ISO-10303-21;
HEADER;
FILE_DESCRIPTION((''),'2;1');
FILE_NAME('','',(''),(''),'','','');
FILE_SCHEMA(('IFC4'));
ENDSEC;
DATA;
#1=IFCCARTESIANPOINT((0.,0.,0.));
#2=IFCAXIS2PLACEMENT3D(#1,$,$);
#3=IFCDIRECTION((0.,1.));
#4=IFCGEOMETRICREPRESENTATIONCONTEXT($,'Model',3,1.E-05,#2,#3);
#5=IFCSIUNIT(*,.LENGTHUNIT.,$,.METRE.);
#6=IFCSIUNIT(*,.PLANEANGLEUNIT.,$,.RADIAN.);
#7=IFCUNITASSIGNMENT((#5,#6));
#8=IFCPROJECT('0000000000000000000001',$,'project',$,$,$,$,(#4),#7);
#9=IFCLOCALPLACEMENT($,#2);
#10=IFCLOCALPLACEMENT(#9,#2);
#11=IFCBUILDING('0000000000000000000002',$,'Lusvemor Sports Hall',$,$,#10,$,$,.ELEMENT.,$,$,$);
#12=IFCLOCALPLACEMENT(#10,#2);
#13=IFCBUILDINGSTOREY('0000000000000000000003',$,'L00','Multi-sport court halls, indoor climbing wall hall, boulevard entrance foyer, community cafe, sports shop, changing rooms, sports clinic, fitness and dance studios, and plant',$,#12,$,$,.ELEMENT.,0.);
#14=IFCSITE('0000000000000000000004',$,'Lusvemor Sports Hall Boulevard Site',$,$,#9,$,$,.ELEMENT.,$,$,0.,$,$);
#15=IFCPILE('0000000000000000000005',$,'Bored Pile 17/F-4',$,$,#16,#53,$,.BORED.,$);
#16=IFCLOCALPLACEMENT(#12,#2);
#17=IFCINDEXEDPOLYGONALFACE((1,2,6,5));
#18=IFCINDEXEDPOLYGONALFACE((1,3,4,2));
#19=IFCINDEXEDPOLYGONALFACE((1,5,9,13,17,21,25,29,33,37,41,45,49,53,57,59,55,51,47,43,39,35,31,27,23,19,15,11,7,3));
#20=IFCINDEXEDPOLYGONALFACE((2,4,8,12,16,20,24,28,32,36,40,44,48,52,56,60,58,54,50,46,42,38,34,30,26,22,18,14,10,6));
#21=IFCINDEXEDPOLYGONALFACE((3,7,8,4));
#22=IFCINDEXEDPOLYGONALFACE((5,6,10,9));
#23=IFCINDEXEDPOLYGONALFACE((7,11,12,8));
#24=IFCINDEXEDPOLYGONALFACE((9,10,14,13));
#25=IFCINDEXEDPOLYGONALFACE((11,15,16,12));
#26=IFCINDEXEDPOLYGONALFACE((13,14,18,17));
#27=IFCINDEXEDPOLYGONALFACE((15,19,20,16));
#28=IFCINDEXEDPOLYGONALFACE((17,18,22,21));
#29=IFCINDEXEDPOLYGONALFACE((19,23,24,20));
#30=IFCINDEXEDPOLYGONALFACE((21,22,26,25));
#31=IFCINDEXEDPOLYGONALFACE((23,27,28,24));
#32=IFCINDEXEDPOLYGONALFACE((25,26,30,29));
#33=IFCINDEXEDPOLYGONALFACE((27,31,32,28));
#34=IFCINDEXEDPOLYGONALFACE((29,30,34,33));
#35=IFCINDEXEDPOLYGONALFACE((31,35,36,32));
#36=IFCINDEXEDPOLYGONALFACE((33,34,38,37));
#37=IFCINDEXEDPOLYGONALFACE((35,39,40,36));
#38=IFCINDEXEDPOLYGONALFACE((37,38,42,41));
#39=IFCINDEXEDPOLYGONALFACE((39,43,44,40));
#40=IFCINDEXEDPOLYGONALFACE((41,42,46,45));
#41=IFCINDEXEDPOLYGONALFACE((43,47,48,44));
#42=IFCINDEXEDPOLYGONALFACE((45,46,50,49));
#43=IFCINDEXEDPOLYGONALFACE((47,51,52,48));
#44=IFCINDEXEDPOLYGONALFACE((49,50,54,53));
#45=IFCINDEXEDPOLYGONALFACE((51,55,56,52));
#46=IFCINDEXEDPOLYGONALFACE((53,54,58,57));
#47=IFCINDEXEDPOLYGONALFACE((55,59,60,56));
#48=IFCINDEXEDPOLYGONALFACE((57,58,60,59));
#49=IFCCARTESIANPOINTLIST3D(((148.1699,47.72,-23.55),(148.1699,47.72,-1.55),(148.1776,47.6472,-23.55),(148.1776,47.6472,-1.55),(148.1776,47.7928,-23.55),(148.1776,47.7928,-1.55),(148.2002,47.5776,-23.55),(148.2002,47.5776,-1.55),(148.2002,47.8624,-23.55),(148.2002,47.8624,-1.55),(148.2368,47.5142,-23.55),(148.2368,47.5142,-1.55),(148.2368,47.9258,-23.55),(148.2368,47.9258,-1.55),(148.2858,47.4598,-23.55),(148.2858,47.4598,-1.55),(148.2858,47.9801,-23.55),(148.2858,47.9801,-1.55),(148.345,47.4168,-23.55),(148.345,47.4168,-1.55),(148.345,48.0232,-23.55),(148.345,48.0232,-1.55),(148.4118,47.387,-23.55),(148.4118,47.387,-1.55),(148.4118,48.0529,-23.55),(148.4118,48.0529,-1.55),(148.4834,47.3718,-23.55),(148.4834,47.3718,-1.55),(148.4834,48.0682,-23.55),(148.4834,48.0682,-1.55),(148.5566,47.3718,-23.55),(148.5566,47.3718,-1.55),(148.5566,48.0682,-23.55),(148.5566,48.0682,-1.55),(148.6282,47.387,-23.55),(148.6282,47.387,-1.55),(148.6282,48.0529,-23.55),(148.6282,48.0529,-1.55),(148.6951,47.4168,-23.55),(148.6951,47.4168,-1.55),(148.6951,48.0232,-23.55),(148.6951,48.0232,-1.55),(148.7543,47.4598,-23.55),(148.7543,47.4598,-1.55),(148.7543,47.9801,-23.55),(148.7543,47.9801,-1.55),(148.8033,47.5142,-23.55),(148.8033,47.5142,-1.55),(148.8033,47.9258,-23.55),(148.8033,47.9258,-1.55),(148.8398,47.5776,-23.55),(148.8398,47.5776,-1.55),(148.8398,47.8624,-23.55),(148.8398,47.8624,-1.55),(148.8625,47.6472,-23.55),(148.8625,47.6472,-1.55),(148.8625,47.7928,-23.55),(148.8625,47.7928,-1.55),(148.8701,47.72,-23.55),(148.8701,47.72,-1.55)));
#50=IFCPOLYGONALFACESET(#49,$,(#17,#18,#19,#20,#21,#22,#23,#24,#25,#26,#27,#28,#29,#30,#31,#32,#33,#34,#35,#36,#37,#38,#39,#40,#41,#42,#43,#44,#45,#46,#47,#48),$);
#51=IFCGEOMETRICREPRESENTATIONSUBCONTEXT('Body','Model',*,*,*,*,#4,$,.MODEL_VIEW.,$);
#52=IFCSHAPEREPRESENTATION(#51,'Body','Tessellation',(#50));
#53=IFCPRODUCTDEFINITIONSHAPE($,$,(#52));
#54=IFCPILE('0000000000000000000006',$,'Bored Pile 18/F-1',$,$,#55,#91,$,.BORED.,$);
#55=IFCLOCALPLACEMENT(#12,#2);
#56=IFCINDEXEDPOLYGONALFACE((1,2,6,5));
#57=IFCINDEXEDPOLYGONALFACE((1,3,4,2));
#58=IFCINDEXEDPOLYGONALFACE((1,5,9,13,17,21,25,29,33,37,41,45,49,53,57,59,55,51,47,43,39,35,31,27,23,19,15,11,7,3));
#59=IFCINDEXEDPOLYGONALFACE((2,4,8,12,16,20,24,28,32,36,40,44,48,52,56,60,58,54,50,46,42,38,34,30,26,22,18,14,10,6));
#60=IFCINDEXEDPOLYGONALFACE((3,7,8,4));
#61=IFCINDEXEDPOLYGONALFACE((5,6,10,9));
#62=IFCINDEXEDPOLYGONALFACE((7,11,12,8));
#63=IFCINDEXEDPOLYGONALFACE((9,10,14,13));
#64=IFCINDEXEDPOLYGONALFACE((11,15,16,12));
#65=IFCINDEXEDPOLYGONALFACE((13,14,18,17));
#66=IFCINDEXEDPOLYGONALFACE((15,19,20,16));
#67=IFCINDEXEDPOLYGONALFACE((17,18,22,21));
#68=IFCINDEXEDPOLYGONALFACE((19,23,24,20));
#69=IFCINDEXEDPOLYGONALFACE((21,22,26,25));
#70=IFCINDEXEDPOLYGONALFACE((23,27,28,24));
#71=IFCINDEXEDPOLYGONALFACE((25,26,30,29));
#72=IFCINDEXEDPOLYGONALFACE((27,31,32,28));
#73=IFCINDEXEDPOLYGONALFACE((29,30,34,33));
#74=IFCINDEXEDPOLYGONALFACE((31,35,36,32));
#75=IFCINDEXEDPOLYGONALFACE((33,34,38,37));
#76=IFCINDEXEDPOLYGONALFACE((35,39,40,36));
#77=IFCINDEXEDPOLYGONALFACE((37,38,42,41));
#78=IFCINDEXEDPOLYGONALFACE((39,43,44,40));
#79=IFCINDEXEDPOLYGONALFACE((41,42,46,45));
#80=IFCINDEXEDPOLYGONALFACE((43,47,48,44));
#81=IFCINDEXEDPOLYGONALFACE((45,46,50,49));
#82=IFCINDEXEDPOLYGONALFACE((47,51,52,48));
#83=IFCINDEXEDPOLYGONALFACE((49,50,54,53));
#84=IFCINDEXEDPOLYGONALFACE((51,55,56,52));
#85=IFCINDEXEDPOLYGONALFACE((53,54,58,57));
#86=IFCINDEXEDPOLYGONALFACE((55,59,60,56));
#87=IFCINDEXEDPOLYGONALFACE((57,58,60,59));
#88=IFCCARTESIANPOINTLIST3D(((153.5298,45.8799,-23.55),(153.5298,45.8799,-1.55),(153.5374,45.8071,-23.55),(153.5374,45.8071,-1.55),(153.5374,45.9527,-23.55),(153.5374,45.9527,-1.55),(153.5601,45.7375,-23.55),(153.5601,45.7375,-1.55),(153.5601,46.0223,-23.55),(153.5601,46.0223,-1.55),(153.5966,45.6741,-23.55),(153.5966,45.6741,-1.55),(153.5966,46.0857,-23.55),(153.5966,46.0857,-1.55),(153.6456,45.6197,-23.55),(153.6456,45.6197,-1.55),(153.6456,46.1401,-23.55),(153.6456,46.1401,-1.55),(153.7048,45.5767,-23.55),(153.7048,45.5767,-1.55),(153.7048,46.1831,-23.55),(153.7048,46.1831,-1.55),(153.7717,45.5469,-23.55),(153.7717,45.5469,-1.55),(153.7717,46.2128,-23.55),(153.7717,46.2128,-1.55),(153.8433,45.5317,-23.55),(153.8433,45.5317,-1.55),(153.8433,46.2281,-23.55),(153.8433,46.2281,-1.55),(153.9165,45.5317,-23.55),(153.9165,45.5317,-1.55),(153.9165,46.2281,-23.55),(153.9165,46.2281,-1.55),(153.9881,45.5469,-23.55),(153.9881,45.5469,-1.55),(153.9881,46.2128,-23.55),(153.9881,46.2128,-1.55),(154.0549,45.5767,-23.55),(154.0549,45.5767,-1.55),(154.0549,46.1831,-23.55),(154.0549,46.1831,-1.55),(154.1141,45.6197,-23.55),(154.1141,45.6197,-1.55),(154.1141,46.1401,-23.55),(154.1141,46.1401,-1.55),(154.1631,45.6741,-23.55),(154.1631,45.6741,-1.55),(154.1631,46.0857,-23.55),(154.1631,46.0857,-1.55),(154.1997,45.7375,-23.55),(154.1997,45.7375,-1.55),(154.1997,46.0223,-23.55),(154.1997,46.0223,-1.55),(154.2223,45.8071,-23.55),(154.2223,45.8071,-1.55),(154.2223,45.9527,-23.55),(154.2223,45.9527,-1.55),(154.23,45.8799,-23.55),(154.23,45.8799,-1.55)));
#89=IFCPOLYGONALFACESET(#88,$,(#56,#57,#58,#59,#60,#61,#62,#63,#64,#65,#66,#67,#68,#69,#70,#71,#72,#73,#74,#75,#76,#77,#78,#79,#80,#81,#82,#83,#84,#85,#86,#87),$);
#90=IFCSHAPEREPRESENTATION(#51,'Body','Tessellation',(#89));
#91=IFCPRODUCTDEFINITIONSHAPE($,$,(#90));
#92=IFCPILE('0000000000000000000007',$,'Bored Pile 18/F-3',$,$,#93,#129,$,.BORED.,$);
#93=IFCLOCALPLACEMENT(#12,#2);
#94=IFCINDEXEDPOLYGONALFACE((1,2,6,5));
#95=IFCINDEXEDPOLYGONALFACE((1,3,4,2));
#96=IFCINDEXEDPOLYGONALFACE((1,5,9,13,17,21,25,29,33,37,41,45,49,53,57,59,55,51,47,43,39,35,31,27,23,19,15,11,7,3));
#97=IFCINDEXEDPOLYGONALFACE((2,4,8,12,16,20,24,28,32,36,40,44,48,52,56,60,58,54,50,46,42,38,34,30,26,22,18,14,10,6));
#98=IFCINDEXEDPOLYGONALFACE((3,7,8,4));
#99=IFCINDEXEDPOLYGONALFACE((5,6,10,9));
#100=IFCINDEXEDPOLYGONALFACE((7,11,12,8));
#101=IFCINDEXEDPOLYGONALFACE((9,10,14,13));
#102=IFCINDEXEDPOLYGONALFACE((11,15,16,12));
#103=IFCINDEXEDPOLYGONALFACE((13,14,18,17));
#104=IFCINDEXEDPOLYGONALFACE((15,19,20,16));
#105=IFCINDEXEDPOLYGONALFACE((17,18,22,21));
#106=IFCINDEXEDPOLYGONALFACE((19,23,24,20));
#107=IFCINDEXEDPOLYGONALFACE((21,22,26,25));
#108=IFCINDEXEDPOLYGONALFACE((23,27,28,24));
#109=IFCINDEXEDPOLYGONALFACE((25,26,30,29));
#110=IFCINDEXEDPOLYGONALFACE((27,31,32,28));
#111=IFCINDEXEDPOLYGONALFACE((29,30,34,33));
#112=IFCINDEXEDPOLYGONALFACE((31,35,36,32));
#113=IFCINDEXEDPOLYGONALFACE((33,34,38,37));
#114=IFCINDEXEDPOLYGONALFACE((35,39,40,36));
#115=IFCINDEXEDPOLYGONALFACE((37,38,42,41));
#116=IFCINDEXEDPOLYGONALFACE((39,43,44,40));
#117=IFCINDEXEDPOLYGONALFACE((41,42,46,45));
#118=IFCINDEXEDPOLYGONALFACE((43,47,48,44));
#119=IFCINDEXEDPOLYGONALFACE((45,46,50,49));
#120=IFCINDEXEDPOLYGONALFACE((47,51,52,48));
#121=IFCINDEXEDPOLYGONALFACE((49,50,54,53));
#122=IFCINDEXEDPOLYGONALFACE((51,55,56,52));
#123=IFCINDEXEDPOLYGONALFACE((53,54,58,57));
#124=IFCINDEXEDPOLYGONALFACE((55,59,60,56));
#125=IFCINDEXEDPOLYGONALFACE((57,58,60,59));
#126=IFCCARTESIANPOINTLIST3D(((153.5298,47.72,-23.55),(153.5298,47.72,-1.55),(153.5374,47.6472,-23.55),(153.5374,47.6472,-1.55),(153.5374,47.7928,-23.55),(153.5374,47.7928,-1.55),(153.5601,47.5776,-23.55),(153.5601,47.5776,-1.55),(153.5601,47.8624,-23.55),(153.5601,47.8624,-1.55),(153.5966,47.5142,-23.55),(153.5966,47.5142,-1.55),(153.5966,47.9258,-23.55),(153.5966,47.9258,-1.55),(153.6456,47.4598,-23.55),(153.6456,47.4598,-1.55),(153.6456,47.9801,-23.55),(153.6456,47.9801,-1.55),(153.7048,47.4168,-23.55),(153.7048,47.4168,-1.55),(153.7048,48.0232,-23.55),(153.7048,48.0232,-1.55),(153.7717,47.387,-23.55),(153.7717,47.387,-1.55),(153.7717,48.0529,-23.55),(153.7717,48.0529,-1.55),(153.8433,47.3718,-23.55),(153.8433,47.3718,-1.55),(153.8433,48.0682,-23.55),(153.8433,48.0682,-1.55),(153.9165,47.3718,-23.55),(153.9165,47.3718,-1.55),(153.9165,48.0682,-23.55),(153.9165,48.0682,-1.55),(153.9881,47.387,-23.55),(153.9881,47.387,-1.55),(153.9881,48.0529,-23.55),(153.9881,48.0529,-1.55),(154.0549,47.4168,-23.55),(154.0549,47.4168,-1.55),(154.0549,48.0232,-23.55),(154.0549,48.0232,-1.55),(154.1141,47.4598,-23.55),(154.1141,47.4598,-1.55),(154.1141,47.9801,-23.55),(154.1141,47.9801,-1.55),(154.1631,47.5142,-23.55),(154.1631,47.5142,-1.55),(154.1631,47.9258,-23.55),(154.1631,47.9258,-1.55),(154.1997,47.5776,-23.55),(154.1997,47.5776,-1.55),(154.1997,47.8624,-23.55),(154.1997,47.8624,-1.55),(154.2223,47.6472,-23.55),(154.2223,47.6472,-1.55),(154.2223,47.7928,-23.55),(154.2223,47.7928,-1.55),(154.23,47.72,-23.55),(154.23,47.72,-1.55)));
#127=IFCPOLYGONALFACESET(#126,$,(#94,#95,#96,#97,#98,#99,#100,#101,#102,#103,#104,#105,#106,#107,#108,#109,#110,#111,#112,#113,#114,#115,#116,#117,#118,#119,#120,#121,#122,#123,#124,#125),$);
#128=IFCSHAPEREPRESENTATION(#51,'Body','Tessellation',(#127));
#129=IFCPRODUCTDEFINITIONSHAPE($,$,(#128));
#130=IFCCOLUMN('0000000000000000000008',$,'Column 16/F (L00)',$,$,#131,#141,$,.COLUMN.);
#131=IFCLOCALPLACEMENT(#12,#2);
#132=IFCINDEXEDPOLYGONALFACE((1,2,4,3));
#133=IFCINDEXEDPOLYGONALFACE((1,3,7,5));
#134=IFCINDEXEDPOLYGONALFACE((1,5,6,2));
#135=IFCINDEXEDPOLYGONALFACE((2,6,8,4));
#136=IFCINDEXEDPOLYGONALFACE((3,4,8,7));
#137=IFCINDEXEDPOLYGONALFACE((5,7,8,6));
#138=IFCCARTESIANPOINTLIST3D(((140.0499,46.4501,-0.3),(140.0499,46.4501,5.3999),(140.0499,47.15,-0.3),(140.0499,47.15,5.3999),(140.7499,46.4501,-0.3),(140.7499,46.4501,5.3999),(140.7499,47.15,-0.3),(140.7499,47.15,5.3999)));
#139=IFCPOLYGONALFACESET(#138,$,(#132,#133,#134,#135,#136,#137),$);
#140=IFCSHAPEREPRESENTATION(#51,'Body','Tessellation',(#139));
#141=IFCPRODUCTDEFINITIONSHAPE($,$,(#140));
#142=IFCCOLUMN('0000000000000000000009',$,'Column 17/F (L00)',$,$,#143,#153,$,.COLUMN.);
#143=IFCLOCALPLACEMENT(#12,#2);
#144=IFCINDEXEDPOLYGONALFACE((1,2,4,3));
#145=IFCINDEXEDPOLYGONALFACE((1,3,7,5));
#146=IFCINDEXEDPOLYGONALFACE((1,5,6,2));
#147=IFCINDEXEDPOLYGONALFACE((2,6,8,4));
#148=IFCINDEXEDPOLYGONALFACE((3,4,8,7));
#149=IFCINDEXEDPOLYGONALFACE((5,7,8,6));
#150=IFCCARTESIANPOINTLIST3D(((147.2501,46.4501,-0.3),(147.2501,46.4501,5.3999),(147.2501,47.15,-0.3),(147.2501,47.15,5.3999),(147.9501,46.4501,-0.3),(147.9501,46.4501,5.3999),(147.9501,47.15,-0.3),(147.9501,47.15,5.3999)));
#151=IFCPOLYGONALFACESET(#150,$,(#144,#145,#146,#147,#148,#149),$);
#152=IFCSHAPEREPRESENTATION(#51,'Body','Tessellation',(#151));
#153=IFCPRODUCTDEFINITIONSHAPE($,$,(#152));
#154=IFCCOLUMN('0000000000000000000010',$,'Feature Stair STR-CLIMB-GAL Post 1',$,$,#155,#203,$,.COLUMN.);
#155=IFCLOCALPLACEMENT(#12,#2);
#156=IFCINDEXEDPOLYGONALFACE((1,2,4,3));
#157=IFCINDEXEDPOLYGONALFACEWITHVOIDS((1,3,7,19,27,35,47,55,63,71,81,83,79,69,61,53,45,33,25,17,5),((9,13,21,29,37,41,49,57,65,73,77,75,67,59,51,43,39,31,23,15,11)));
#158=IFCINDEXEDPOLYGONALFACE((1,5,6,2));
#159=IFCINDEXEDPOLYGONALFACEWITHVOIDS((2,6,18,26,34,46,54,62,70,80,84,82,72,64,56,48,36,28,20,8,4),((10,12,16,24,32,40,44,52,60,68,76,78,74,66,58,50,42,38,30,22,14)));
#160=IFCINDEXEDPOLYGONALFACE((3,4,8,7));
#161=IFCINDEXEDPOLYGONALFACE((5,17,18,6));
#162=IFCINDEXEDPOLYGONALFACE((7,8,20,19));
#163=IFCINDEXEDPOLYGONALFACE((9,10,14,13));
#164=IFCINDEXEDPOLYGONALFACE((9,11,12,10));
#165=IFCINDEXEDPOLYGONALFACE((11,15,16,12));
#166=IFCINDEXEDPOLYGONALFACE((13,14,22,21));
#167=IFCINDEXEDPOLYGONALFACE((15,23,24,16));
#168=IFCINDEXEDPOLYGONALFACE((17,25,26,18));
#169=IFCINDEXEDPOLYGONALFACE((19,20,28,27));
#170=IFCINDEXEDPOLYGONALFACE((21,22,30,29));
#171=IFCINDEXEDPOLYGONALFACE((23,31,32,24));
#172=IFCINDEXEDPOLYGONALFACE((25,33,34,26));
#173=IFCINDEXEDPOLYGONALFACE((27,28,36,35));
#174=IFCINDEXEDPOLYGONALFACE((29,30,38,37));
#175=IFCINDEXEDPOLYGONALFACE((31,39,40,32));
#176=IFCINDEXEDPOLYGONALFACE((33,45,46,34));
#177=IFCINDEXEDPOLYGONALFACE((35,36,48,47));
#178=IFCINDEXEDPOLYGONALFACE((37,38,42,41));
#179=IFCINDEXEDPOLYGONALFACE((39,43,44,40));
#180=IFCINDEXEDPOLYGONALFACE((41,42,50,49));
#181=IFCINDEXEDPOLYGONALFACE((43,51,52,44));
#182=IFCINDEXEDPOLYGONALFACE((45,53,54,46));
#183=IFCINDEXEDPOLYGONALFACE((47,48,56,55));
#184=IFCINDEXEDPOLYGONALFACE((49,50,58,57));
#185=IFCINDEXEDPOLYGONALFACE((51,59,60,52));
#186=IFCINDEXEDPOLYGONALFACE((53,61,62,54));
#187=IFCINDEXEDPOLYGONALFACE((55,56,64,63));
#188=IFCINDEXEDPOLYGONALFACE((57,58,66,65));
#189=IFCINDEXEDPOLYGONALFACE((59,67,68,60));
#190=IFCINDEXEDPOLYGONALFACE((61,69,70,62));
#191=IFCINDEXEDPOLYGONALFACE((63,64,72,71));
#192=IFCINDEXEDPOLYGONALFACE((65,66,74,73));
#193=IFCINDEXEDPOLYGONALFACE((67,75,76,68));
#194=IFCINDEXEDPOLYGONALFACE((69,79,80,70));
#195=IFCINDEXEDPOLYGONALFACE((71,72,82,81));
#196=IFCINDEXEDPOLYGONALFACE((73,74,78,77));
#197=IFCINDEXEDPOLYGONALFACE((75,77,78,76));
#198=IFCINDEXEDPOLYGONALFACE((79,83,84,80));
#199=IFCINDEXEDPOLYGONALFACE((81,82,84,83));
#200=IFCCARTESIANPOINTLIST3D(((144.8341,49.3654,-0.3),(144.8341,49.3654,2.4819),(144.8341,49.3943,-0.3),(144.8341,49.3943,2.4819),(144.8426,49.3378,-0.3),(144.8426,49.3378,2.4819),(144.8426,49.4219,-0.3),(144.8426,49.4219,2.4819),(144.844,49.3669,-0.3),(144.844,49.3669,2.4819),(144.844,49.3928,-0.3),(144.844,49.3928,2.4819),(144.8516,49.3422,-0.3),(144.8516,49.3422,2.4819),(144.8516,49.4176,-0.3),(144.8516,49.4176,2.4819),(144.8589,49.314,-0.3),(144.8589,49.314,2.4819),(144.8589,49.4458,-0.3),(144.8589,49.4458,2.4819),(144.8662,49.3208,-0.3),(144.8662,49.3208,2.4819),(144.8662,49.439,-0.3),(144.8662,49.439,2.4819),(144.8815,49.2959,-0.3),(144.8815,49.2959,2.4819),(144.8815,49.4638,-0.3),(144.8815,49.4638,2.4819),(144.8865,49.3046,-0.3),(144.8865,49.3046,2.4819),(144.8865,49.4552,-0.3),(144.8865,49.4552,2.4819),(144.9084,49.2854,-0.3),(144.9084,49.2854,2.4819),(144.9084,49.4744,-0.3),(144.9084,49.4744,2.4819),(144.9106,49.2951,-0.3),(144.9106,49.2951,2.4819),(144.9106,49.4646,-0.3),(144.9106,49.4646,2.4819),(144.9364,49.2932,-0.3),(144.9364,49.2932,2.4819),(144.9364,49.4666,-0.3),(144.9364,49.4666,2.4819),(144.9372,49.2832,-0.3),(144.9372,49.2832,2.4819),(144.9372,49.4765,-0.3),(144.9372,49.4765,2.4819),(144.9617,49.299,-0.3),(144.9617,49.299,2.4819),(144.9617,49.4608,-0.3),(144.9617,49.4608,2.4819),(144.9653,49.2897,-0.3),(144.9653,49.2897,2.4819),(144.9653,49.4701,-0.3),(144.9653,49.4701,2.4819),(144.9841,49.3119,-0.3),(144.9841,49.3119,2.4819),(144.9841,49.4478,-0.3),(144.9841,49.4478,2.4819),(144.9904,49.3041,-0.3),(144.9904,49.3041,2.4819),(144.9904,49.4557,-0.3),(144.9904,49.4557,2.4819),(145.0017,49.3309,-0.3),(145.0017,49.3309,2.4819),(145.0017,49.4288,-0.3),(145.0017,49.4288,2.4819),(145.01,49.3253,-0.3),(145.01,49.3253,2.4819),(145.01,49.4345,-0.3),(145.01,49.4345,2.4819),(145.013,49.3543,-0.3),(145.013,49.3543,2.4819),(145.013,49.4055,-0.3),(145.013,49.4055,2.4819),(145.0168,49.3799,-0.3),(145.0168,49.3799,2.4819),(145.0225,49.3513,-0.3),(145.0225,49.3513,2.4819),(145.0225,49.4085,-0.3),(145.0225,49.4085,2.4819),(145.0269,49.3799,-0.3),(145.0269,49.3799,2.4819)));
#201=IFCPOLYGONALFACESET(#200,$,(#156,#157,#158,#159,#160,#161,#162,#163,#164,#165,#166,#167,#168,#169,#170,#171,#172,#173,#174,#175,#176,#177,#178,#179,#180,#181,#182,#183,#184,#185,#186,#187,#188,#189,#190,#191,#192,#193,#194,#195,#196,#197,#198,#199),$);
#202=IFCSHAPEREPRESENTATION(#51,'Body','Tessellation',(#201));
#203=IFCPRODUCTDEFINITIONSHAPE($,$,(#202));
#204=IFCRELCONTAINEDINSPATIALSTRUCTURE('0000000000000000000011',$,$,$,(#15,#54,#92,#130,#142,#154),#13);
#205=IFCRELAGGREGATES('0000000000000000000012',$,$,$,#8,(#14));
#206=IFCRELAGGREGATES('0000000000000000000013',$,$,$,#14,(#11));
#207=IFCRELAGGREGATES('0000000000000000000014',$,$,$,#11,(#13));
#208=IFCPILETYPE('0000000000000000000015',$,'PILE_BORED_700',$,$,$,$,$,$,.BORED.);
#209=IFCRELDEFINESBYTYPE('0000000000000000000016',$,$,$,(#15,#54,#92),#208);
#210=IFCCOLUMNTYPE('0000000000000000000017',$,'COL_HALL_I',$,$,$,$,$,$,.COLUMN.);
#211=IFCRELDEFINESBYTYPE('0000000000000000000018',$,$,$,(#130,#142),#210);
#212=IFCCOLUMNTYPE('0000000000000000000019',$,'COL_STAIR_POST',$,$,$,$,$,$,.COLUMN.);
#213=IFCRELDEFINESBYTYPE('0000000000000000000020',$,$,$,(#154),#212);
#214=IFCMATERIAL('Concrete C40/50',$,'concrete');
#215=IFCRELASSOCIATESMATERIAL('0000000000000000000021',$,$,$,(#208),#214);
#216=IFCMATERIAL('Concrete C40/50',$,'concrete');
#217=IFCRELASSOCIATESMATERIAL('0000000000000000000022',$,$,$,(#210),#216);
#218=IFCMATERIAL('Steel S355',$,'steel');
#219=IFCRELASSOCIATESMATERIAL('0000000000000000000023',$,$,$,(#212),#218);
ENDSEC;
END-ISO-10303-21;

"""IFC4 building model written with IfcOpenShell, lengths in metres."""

from ifc_helpers import new_model, si_unit, direction, frame, origin, origin_2d, place, context, subcontext, project, spatial, rectangle, circle, hollow_circle, extrude, material, material_profile, profile_set, type_object, element, save


model = new_model("IFC4")

# Units and contexts
model_context = context("Model", 3, precision=1e-05, world=origin(), true_north=direction((0.0, 1.0)))
body_context = subcontext(model_context, "Body", "Model", "MODEL_VIEW")
ifc_project = project(units=[si_unit("LENGTHUNIT", "METRE"), si_unit("PLANEANGLEUNIT", "RADIAN")], contexts=[model_context])

# Site, building, storey
site_placement = place(None, origin())
site = spatial("IfcSite", under=ifc_project, at=site_placement, Name="Lusvemor Sports Hall Boulevard Site", CompositionType="ELEMENT", RefElevation=0.0)
building_placement = place(site_placement, origin())
building = spatial("IfcBuilding", under=site, at=building_placement, Name="Lusvemor Sports Hall", CompositionType="ELEMENT")
storey_placement = place(building_placement, origin())
storey = spatial("IfcBuildingStorey", under=building, at=storey_placement, Name="L00", Description="Multi-sport court halls, indoor climbing wall hall, boulevard entrance foyer, community cafe, sports shop, changing rooms, sports clinic, fitness and dance studios, and plant", CompositionType="ELEMENT", Elevation=0.0)

# Piles
ifc_material_1 = material(Name="Concrete C40/50", Category="concrete")
ifc_material_profile_1 = material_profile(ifc_material_1, circle(Radius=0.3501, at=origin_2d()), Name="PILE700")
ifc_profile_set_1 = profile_set([ifc_material_profile_1], Name="Concrete C40/50")
pile_type = type_object("IfcPileType", Name="PILE_BORED_700", PredefinedType="BORED", material=ifc_profile_set_1)
for number, where, z_axis, x_axis, name in (
    (1, (148.52, 47.72, -1.55), (0.0, 0.0, -1.0), (1.0, 0.0, 0.0), "Bored Pile 17/F-4"),
    (2, (153.8799, 45.8799, -1.55), (0.0, 0.0, -1.0), (1.0, 0.0, 0.0), "Bored Pile 18/F-1"),
    (3, (153.8799, 47.72, -1.55), (0.0, 0.0, -1.0), (1.0, 0.0, 0.0), "Bored Pile 18/F-3"),
):
    element("IfcPile", number, at=place(storey_placement, frame(where, z_axis=z_axis, x_axis=x_axis)), inside=storey, type_object=pile_type, Name=name, PredefinedType="BORED", context=body_context, shape_type="SweptSolid", body=[
        extrude(circle(Radius=0.3501, at=origin_2d()), origin(), (0.0, 0.0, 1.0), 22.0),
    ])

# Columns
ifc_material_2 = material(Name="Concrete C40/50", Category="concrete")
ifc_material_profile_2 = material_profile(ifc_material_2, rectangle(XDim=0.7, YDim=0.7, at=origin_2d()), Name="RC700x700")
ifc_profile_set_2 = profile_set([ifc_material_profile_2], Name="Concrete C40/50")
column_type_1 = type_object("IfcColumnType", Name="COL_HALL_I", PredefinedType="COLUMN", material=ifc_profile_set_2)
for number, where, z_axis, x_axis, name in (
    (4, (140.3999, 46.8, -0.3), (0.0, 0.0, 1.0), (1.0, 0.0, 0.0), "Column 16/F (L00)"),
    (5, (147.6001, 46.8, -0.3), (0.0, 0.0, 1.0), (1.0, 0.0, 0.0), "Column 17/F (L00)"),
):
    element("IfcColumn", number, at=place(storey_placement, frame(where, z_axis=z_axis, x_axis=x_axis)), inside=storey, type_object=column_type_1, Name=name, PredefinedType="COLUMN", context=body_context, shape_type="SweptSolid", body=[
        extrude(rectangle(XDim=0.7, YDim=0.7, at=origin_2d()), origin(), (0.0, 0.0, 1.0), 5.7),
    ])
ifc_material_3 = material(Name="Steel S355", Category="steel")
ifc_material_profile_3 = material_profile(ifc_material_3, hollow_circle(Radius=0.0969, WallThickness=0.01, at=origin_2d()), Name="CHS193.7x10.0")
ifc_profile_set_3 = profile_set([ifc_material_profile_3], Name="Steel S355")
column_type_2 = type_object("IfcColumnType", Name="COL_STAIR_POST", PredefinedType="COLUMN", material=ifc_profile_set_3)
for number, where, z_axis, x_axis, name in (
    (6, (144.9299, 49.3799, -0.3), (0.0, 0.0, 1.0), (1.0, 0.0, 0.0), "Feature Stair STR-CLIMB-GAL Post 1"),
):
    element("IfcColumn", number, at=place(storey_placement, frame(where, z_axis=z_axis, x_axis=x_axis)), inside=storey, type_object=column_type_2, Name=name, PredefinedType="COLUMN", context=body_context, shape_type="SweptSolid", body=[
        extrude(hollow_circle(Radius=0.0969, WallThickness=0.01, at=origin_2d()), origin(), (0.0, 0.0, 1.0), 2.782),
    ])

save(model, "model.ifc")
